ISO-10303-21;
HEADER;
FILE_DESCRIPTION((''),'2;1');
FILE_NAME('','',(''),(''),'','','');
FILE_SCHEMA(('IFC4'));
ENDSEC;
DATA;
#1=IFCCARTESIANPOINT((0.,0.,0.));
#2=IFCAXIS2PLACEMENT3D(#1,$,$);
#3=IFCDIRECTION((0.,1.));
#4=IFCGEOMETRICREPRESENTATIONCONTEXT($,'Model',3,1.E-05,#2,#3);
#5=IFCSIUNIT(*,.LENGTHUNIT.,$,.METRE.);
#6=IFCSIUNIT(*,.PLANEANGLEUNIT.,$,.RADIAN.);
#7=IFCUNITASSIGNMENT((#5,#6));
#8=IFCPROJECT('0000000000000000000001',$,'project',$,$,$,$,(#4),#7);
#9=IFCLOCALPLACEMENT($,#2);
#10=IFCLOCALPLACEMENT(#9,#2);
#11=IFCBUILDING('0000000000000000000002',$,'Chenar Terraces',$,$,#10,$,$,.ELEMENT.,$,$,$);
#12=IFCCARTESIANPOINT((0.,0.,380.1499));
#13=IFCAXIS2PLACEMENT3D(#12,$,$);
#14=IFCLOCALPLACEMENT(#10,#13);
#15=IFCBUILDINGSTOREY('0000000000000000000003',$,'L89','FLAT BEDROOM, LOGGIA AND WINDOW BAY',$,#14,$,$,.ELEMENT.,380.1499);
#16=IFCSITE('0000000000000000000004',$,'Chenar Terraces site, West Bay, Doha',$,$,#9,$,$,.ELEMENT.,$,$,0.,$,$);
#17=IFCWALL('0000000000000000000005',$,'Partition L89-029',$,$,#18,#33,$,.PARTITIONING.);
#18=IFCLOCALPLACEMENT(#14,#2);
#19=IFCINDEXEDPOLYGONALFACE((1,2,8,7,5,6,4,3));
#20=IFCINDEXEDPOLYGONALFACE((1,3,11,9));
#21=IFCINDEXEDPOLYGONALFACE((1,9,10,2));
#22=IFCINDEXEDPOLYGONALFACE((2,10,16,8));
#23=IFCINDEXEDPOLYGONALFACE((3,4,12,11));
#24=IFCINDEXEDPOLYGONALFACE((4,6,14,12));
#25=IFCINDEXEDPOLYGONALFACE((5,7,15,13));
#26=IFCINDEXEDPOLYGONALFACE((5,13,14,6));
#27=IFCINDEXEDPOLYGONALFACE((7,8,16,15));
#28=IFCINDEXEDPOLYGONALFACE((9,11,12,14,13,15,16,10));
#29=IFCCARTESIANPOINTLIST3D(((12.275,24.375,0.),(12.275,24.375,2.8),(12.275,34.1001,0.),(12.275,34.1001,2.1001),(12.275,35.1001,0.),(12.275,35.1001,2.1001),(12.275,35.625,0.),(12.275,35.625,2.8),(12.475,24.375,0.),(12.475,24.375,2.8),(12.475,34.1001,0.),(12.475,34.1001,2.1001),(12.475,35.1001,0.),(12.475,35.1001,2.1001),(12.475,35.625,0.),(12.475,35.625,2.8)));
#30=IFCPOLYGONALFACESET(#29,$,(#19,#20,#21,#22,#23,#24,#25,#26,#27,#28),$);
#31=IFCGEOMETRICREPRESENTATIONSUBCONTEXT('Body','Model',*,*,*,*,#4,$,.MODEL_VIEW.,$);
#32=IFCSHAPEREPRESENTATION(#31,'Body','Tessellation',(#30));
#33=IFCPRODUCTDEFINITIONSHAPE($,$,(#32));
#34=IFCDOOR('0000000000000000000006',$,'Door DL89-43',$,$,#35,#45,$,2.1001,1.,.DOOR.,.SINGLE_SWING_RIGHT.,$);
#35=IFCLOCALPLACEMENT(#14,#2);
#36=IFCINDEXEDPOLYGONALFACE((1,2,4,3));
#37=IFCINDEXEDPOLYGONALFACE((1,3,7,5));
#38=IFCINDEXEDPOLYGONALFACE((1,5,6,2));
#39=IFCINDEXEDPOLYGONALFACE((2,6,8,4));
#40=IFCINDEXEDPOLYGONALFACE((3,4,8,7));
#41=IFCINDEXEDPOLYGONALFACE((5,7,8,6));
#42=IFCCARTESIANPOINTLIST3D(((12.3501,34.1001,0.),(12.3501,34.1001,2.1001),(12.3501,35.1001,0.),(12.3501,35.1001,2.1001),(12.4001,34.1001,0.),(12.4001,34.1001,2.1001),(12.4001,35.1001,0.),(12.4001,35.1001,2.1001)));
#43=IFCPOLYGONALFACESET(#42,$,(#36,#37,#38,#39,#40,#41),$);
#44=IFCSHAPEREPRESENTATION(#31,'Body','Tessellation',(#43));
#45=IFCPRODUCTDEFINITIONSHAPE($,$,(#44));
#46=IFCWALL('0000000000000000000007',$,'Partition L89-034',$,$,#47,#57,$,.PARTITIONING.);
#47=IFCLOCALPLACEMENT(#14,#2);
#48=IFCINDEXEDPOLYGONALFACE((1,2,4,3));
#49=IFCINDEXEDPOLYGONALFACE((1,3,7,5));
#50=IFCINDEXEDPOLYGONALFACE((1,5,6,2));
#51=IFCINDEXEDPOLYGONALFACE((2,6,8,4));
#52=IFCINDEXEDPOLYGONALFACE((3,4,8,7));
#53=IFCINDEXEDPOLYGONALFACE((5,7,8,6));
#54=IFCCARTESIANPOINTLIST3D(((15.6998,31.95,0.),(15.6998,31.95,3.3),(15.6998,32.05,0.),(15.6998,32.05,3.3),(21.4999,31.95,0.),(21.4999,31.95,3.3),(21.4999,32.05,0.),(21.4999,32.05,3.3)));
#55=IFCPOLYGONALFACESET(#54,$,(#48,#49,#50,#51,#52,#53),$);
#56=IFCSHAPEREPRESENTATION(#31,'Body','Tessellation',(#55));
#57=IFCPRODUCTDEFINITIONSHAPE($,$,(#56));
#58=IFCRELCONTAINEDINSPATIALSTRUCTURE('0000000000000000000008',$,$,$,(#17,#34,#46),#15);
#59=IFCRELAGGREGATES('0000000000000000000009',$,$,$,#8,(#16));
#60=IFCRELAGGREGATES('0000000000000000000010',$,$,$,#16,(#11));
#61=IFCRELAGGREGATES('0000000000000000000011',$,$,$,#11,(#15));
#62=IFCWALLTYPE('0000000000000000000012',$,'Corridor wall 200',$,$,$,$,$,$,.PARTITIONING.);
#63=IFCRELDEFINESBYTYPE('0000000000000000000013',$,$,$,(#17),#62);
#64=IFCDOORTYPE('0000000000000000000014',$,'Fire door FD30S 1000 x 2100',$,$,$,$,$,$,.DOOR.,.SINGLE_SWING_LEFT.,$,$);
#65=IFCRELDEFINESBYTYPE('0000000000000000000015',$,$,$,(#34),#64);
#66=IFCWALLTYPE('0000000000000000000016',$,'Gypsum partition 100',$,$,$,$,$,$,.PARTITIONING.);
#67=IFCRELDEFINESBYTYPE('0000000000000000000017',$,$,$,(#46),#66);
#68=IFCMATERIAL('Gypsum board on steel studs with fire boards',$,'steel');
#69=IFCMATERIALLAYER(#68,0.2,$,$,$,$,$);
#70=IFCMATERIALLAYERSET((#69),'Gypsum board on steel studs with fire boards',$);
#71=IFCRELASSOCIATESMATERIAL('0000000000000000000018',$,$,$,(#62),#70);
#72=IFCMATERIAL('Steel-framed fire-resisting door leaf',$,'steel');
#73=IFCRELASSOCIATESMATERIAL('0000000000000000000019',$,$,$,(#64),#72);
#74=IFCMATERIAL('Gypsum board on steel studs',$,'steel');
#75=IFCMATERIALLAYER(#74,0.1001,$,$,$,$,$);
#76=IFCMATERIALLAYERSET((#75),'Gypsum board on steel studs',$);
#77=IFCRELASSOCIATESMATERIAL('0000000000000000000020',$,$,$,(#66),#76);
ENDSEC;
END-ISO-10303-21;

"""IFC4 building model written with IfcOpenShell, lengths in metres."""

from ifc_helpers import new_model, si_unit, direction, frame, frame_2d, origin, place, context, subcontext, project, spatial, rectangle, extrude, material, layer, layer_set, type_object, element, fill, save


model = new_model("IFC4")

# Units and contexts
model_context = context("Model", 3, precision=1e-05, world=origin(), true_north=direction((0.0, 1.0)))
body_context = subcontext(model_context, "Body", "Model", "MODEL_VIEW")
ifc_project = project(units=[si_unit("LENGTHUNIT", "METRE"), si_unit("PLANEANGLEUNIT", "RADIAN")], contexts=[model_context])

# Site, building, storey
site_placement = place(None, origin())
site = spatial("IfcSite", under=ifc_project, at=site_placement, Name="Chenar Terraces site, West Bay, Doha", CompositionType="ELEMENT", RefElevation=0.0)
building_placement = place(site_placement, origin())
building = spatial("IfcBuilding", under=site, at=building_placement, Name="Chenar Terraces", CompositionType="ELEMENT")
storey_placement = place(building_placement, frame((0.0, 0.0, 380.1499)))
storey = spatial("IfcBuildingStorey", under=building, at=storey_placement, Name="L89", Description="FLAT BEDROOM, LOGGIA AND WINDOW BAY", CompositionType="ELEMENT", Elevation=380.1499)

# Shared definitions
ifc_material_1 = material(Name="Gypsum board on steel studs with fire boards", Category="steel")
ifc_layer_1 = layer(ifc_material_1, 0.2)
ifc_layer_set_1 = layer_set([ifc_layer_1], Name="Gypsum board on steel studs with fire boards")
wall_type_1 = type_object("IfcWallType", Name="Corridor wall 200", PredefinedType="PARTITIONING", material=ifc_layer_set_1)

# Wall, opening, door
wall_1_placement = place(storey_placement, frame((12.375, 24.375, 0.0), z_axis=(0.0, 0.0, 1.0), x_axis=(0.0, 1.0, 0.0)))
wall_1 = element("IfcWall", 1, at=wall_1_placement, inside=storey, type_object=wall_type_1, Name="Partition L89-029", PredefinedType="PARTITIONING", context=body_context, shape_type="SweptSolid", body=[
    extrude(rectangle(XDim=11.25, YDim=0.2, at=frame_2d((5.625, 0.0))), origin(), (0.0, 0.0, 1.0), 2.8),
])
opening_1_placement = place(wall_1_placement, frame((9.7251, 0.0, 0.0)))
opening_1 = element("IfcOpeningElement", 2, at=opening_1_placement, cuts=wall_1, PredefinedType="OPENING", context=body_context, shape_type="SweptSolid", body=[
    extrude(rectangle(XDim=1.0, YDim=2.1001, at=frame_2d((0.5, 1.05))), frame((0.0, 0.1099, 0.0), z_axis=(0.0, -1.0, 0.0), x_axis=(1.0, 0.0, 0.0)), (0.0, 0.0, 1.0), 0.22),
])
ifc_material_2 = material(Name="Steel-framed fire-resisting door leaf", Category="steel")
door_type_1 = type_object("IfcDoorType", Name="Fire door FD30S 1000 x 2100", OperationType="SINGLE_SWING_LEFT", PredefinedType="DOOR", material=ifc_material_2)
door_1_placement = place(opening_1_placement, origin())
door_1 = element("IfcDoor", 3, at=door_1_placement, inside=storey, type_object=door_type_1, Name="Door DL89-43", OperationType="SINGLE_SWING_RIGHT", OverallHeight=2.1001, OverallWidth=1.0, PredefinedType="DOOR", context=body_context, shape_type="SweptSolid", body=[
    extrude(rectangle(XDim=1.0, YDim=2.1001, at=frame_2d((0.5, 1.05))), frame((0.0, 0.0249, 0.0), z_axis=(0.0, -1.0, 0.0), x_axis=(1.0, 0.0, 0.0)), (0.0, 0.0, 1.0), 0.05),
])
fill(opening_1, door_1)

# Wall
ifc_material_3 = material(Name="Gypsum board on steel studs", Category="steel")
ifc_layer_2 = layer(ifc_material_3, 0.1001)
ifc_layer_set_2 = layer_set([ifc_layer_2], Name="Gypsum board on steel studs")
wall_type_2 = type_object("IfcWallType", Name="Gypsum partition 100", PredefinedType="PARTITIONING", material=ifc_layer_set_2)
wall_2_placement = place(storey_placement, frame((15.7, 32.0, 0.0), z_axis=(0.0, 0.0, 1.0), x_axis=(1.0, 0.0, 0.0)))
element("IfcWall", 4, at=wall_2_placement, inside=storey, type_object=wall_type_2, Name="Partition L89-034", PredefinedType="PARTITIONING", context=body_context, shape_type="SweptSolid", body=[
    extrude(rectangle(XDim=5.8, YDim=0.1001, at=frame_2d((2.8999, 0.0))), origin(), (0.0, 0.0, 1.0), 3.3),
])

save(model, "model.ifc")
